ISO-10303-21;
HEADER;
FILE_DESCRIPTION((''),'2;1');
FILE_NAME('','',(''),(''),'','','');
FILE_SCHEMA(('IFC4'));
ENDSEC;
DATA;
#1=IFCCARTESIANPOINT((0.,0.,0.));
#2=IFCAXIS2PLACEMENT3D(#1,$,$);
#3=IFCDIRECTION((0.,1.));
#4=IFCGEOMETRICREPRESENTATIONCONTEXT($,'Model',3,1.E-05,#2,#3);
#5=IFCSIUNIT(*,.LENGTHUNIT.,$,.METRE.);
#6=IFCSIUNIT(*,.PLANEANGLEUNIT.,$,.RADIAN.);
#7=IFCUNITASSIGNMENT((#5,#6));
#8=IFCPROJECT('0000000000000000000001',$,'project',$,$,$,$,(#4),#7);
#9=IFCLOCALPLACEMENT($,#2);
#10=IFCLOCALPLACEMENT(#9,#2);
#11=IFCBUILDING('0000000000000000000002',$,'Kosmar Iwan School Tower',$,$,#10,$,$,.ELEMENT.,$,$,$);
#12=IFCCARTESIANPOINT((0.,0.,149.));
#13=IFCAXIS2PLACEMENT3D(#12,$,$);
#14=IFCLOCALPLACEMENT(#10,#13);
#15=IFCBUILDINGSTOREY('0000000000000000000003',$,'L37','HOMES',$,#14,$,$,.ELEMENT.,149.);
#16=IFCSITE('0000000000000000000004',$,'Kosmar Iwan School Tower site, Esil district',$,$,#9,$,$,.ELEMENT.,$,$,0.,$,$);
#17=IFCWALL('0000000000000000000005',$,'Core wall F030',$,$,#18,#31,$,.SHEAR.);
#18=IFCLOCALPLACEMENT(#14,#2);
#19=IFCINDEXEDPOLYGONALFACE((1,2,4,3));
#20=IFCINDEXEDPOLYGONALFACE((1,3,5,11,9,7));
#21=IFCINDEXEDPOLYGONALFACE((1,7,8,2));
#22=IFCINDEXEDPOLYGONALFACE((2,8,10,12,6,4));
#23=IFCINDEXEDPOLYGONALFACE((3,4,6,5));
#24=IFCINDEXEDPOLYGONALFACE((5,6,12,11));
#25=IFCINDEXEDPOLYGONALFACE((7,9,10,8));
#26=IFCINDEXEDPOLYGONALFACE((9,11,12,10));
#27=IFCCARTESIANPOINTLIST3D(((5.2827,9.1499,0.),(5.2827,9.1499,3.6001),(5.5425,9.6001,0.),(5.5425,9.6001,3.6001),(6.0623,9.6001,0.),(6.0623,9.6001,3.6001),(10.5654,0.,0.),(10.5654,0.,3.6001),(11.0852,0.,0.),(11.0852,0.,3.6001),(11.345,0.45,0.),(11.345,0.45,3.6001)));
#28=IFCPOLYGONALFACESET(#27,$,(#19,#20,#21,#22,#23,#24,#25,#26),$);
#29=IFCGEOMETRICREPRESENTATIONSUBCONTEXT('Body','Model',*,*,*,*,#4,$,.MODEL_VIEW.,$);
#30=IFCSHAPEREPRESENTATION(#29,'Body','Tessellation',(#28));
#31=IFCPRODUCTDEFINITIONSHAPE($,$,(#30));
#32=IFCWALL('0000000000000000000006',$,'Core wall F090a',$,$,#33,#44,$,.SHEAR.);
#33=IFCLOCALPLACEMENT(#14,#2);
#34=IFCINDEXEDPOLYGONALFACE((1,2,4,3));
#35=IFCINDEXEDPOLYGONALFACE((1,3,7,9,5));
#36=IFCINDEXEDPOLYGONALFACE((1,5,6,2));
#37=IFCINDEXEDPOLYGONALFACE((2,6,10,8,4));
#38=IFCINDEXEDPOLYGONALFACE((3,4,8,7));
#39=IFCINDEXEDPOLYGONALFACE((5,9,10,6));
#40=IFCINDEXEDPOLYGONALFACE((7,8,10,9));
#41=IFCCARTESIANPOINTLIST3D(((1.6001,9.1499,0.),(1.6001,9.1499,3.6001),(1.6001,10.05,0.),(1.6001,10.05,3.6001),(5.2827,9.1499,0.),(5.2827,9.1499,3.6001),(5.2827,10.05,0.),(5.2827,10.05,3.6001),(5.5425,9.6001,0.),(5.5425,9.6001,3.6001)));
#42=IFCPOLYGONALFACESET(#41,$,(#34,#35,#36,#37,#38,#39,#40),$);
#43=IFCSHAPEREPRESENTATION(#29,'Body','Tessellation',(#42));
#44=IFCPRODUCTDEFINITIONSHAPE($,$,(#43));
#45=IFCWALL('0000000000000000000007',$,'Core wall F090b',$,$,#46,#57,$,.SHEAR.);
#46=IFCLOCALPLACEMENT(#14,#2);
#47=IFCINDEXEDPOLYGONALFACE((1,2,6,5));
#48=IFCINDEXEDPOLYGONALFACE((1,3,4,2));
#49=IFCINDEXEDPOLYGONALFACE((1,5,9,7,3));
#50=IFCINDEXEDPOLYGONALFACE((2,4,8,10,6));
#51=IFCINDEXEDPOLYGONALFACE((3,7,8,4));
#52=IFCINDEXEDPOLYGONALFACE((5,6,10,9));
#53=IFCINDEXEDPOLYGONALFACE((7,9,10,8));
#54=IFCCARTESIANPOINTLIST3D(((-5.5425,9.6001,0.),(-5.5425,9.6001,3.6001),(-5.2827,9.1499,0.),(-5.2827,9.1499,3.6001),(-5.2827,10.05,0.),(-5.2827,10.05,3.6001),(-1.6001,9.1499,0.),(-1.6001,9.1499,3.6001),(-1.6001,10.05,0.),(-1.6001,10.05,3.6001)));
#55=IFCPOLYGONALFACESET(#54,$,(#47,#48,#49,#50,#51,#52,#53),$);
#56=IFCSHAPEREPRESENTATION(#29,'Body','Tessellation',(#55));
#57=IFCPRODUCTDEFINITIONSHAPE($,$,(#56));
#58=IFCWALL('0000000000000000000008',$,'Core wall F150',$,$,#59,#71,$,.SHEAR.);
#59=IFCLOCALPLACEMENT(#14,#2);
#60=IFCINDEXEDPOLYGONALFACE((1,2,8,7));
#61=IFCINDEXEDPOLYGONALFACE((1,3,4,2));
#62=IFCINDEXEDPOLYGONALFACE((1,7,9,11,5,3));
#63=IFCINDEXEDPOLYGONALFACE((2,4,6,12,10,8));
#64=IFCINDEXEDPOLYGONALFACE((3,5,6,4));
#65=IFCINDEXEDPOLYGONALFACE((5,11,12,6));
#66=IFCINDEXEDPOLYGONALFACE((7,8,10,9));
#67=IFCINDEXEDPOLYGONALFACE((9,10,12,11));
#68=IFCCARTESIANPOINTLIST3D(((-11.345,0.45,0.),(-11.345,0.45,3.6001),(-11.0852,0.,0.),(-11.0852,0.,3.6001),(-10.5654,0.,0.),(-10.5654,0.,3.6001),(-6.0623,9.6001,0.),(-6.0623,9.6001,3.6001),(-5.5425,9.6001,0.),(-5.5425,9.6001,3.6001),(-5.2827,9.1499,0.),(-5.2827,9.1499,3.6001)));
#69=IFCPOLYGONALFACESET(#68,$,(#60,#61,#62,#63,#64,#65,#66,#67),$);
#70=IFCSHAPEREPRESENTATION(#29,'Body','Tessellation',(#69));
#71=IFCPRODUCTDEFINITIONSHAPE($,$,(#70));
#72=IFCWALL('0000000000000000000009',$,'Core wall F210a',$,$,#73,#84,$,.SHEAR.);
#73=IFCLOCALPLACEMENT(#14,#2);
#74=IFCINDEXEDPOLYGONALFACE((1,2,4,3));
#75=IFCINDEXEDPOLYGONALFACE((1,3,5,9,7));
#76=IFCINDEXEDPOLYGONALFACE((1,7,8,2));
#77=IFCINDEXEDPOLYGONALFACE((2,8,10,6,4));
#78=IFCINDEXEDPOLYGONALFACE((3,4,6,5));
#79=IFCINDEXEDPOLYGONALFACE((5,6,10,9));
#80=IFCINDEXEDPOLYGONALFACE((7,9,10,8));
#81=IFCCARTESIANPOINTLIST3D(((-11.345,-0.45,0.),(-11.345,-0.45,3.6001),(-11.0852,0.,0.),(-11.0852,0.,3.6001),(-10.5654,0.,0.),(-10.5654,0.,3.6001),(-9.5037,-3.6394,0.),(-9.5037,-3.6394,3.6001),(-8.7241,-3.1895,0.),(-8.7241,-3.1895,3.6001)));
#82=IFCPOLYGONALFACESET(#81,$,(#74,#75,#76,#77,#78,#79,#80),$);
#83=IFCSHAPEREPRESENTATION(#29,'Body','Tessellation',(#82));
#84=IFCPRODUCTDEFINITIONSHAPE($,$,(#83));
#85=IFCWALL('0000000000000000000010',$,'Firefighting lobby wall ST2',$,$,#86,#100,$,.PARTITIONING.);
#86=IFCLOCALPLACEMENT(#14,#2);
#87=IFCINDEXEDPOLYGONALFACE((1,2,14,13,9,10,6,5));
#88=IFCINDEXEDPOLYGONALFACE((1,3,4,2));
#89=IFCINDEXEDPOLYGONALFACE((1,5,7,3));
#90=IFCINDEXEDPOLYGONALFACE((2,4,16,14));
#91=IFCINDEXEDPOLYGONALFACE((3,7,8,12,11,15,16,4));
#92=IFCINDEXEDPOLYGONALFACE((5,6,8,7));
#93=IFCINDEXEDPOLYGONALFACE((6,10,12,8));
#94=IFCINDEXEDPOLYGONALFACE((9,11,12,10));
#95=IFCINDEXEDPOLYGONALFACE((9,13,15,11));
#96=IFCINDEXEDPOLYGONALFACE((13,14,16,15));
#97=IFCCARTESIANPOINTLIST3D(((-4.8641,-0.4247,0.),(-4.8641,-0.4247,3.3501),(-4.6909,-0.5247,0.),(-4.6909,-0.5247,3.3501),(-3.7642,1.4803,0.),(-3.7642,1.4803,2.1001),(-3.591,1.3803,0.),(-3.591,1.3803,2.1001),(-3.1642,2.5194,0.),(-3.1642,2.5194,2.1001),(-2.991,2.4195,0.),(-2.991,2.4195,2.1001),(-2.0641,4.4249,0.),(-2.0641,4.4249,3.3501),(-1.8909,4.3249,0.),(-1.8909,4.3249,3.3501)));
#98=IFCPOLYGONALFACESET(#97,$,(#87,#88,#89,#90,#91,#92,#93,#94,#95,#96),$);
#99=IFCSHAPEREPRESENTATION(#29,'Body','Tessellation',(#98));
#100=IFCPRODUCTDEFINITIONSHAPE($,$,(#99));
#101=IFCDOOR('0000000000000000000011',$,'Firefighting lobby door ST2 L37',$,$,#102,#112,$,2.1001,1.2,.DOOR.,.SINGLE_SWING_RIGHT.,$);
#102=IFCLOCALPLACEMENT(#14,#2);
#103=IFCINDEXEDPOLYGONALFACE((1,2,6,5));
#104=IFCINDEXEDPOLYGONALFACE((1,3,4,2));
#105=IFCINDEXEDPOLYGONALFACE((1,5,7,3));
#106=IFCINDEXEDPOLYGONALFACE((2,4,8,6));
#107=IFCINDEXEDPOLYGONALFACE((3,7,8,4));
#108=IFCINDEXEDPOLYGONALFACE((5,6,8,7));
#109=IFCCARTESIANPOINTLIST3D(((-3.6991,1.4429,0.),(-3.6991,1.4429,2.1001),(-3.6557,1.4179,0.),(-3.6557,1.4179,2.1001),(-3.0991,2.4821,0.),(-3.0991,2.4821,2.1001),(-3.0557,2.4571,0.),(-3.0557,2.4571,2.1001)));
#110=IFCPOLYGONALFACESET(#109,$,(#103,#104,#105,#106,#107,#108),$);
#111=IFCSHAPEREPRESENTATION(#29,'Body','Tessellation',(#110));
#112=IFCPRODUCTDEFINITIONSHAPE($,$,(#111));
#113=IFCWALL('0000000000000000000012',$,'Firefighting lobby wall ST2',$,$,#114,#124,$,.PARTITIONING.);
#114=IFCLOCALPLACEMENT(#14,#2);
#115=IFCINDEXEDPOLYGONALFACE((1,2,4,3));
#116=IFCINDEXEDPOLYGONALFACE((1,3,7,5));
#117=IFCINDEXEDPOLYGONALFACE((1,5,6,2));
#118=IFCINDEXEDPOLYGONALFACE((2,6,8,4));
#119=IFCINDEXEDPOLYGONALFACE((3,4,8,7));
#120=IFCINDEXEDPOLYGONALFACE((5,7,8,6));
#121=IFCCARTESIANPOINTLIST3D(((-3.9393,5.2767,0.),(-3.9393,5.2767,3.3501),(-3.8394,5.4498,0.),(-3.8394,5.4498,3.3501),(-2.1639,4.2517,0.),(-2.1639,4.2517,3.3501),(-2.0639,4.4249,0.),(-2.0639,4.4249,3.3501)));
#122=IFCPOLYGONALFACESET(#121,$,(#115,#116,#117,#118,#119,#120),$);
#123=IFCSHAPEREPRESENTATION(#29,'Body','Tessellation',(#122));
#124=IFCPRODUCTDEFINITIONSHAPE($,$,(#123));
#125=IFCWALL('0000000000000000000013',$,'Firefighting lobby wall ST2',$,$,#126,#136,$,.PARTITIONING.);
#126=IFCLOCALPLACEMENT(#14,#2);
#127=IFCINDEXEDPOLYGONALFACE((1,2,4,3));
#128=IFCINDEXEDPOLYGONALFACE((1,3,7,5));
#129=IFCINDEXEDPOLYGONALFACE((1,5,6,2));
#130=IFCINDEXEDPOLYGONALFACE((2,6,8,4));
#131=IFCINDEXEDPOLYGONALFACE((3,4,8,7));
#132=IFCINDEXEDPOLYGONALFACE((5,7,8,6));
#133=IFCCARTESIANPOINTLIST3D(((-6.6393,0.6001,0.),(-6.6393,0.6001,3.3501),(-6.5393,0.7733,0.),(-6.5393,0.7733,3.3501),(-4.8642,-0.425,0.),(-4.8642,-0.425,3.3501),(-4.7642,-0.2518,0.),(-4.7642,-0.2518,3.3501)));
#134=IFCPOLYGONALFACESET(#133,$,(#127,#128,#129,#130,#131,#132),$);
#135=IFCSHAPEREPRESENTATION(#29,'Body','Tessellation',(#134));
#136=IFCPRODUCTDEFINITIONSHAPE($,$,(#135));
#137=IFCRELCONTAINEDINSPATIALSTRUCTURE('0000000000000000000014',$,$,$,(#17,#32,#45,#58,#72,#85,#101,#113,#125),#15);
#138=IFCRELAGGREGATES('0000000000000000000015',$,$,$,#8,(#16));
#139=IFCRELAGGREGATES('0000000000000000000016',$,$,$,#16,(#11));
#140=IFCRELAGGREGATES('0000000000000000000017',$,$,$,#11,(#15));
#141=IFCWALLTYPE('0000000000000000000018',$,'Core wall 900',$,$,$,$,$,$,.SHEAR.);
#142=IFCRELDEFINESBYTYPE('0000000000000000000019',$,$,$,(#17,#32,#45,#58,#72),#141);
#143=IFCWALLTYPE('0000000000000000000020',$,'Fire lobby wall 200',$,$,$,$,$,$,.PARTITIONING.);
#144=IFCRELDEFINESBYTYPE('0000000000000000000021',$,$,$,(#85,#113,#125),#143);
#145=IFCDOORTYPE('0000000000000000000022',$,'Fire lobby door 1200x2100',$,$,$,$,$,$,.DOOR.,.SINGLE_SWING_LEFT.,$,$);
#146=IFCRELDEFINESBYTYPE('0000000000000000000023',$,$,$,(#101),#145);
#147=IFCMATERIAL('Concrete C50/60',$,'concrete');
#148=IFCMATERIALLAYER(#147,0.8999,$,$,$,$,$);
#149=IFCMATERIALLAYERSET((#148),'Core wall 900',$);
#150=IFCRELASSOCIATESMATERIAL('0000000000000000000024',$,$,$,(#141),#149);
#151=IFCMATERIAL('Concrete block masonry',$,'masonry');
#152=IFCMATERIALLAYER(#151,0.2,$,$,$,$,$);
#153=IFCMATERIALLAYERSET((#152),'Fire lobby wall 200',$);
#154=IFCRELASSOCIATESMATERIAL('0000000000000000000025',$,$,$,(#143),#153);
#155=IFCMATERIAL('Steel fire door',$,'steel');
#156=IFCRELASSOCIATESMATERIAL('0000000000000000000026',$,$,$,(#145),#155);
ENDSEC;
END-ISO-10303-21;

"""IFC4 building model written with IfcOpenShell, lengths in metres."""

from ifc_helpers import new_model, si_unit, direction, frame, frame_2d, origin, place, context, subcontext, project, spatial, polyline, rectangle, outline, extrude, material, layer, layer_set, type_object, element, fill, save


model = new_model("IFC4")

# Units and contexts
model_context = context("Model", 3, precision=1e-05, world=origin(), true_north=direction((0.0, 1.0)))
body_context = subcontext(model_context, "Body", "Model", "MODEL_VIEW")
ifc_project = project(units=[si_unit("LENGTHUNIT", "METRE"), si_unit("PLANEANGLEUNIT", "RADIAN")], contexts=[model_context])

# Site, building, storey
site_placement = place(None, origin())
site = spatial("IfcSite", under=ifc_project, at=site_placement, Name="Kosmar Iwan School Tower site, Esil district", CompositionType="ELEMENT", RefElevation=0.0)
building_placement = place(site_placement, origin())
building = spatial("IfcBuilding", under=site, at=building_placement, Name="Kosmar Iwan School Tower", CompositionType="ELEMENT")
storey_placement = place(building_placement, frame((0.0, 0.0, 149.0)))
storey = spatial("IfcBuildingStorey", under=building, at=storey_placement, Name="L37", Description="HOMES", CompositionType="ELEMENT", Elevation=149.0)

# Walls
ifc_material_1 = material(Name="Concrete C50/60", Category="concrete")
ifc_layer_1 = layer(ifc_material_1, 0.8999)
ifc_layer_set_1 = layer_set([ifc_layer_1], Name="Core wall 900")
wall_type_1 = type_object("IfcWallType", Name="Core wall 900", PredefinedType="SHEAR", material=ifc_layer_set_1)
wall_1_placement = place(storey_placement, origin())
element("IfcWall", 1, at=wall_1_placement, inside=storey, type_object=wall_type_1, Name="Core wall F030", PredefinedType="SHEAR", context=body_context, shape_type="SweptSolid", body=[
    extrude(outline(polyline([(10.5654, 0.0), (11.0852, 0.0), (11.345, 0.45), (6.0623, 9.6001), (5.5425, 9.6001), (5.2827, 9.1499), (10.5654, 0.0)])), origin(), (0.0, 0.0, 1.0), 3.6001),
])
wall_2_placement = place(storey_placement, origin())
element("IfcWall", 2, at=wall_2_placement, inside=storey, type_object=wall_type_1, Name="Core wall F090a", PredefinedType="SHEAR", context=body_context, shape_type="SweptSolid", body=[
    extrude(outline(polyline([(1.6001, 9.1499), (5.2827, 9.1499), (5.5425, 9.6001), (5.2827, 10.05), (1.6001, 10.05), (1.6001, 9.1499)])), origin(), (0.0, 0.0, 1.0), 3.6001),
])
wall_3_placement = place(storey_placement, origin())
element("IfcWall", 3, at=wall_3_placement, inside=storey, type_object=wall_type_1, Name="Core wall F090b", PredefinedType="SHEAR", context=body_context, shape_type="SweptSolid", body=[
    extrude(outline(polyline([(-5.2827, 9.1499), (-1.6001, 9.1499), (-1.6001, 10.05), (-5.2827, 10.05), (-5.5425, 9.6001), (-5.2827, 9.1499)])), origin(), (0.0, 0.0, 1.0), 3.6001),
])
wall_4_placement = place(storey_placement, origin())
element("IfcWall", 4, at=wall_4_placement, inside=storey, type_object=wall_type_1, Name="Core wall F150", PredefinedType="SHEAR", context=body_context, shape_type="SweptSolid", body=[
    extrude(outline(polyline([(-11.0852, 0.0), (-10.5654, 0.0), (-5.2827, 9.1499), (-5.5425, 9.6001), (-6.0623, 9.6001), (-11.345, 0.45), (-11.0852, 0.0)])), origin(), (0.0, 0.0, 1.0), 3.6001),
])
wall_5_placement = place(storey_placement, origin())
element("IfcWall", 5, at=wall_5_placement, inside=storey, type_object=wall_type_1, Name="Core wall F210a", PredefinedType="SHEAR", context=body_context, shape_type="SweptSolid", body=[
    extrude(outline(polyline([(-9.5037, -3.6394), (-8.7241, -3.1895), (-10.5654, 0.0), (-11.0852, 0.0), (-11.345, -0.45), (-9.5037, -3.6394)])), origin(), (0.0, 0.0, 1.0), 3.6001),
])

# Wall, opening, door
ifc_material_2 = material(Name="Concrete block masonry", Category="masonry")
ifc_layer_2 = layer(ifc_material_2, 0.2)
ifc_layer_set_2 = layer_set([ifc_layer_2], Name="Fire lobby wall 200")
wall_type_2 = type_object("IfcWallType", Name="Fire lobby wall 200", PredefinedType="PARTITIONING", material=ifc_layer_set_2)
wall_6_placement = place(storey_placement, frame((-1.9775, 4.3748, 0.0), z_axis=(0.0, 0.0, 1.0), x_axis=(-0.500017, -0.866016, 0.0)))
wall_6 = element("IfcWall", 6, at=wall_6_placement, inside=storey, type_object=wall_type_2, Name="Firefighting lobby wall ST2", PredefinedType="PARTITIONING", context=body_context, shape_type="SweptSolid", body=[
    extrude(rectangle(XDim=5.5999, YDim=0.2, at=frame_2d((2.7998, 0.0))), origin(), (0.0, 0.0, 1.0), 3.3501),
])
opening_1_placement = place(wall_6_placement, frame((2.2, 0.0, 0.0)))
opening_1 = element("IfcOpeningElement", 7, at=opening_1_placement, cuts=wall_6, PredefinedType="OPENING", context=body_context, shape_type="SweptSolid", body=[
    extrude(rectangle(XDim=1.2, YDim=2.1001, at=frame_2d((0.6001, 1.05))), frame((0.0, 0.1121, 0.0), z_axis=(0.0, -1.0, 0.0), x_axis=(1.0, 0.0, 0.0)), (0.0, 0.0, 1.0), 0.2239),
])
ifc_material_3 = material(Name="Steel fire door", Category="steel")
door_type_1 = type_object("IfcDoorType", Name="Fire lobby door 1200x2100", OperationType="SINGLE_SWING_LEFT", PredefinedType="DOOR", material=ifc_material_3)
door_1_placement = place(opening_1_placement, frame((1.2, 0.0, 0.0), z_axis=(0.0, 0.0, 1.0), x_axis=(-1.0, 0.0, 0.0)))
door_1 = element("IfcDoor", 8, at=door_1_placement, inside=storey, type_object=door_type_1, Name="Firefighting lobby door ST2 L37", OperationType="SINGLE_SWING_RIGHT", OverallHeight=2.1001, OverallWidth=1.2, PredefinedType="DOOR", context=body_context, shape_type="SweptSolid", body=[
    extrude(rectangle(XDim=1.2, YDim=2.1001, at=frame_2d((0.6001, 1.05))), frame((0.0, 0.0249, 0.0), z_axis=(0.0, -1.0, 0.0), x_axis=(1.0, 0.0, 0.0)), (0.0, 0.0, 1.0), 0.05),
])
fill(opening_1, door_1)

# Walls
wall_7_placement = place(storey_placement, frame((-2.114, 4.3384, 0.0), z_axis=(0.0, 0.0, 1.0), x_axis=(-0.866051, 0.499956, 0.0)))
element("IfcWall", 9, at=wall_7_placement, inside=storey, type_object=wall_type_2, Name="Firefighting lobby wall ST2", PredefinedType="PARTITIONING", context=body_context, shape_type="SweptSolid", body=[
    extrude(rectangle(XDim=2.05, YDim=0.2, at=frame_2d((1.0249, 0.0))), origin(), (0.0, 0.0, 1.0), 3.3501),
])
wall_8_placement = place(storey_placement, frame((-4.8142, -0.3384, 0.0), z_axis=(0.0, 0.0, 1.0), x_axis=(-0.865969, 0.500097, 0.0)))
element("IfcWall", 10, at=wall_8_placement, inside=storey, type_object=wall_type_2, Name="Firefighting lobby wall ST2", PredefinedType="PARTITIONING", context=body_context, shape_type="SweptSolid", body=[
    extrude(rectangle(XDim=2.0498, YDim=0.2, at=frame_2d((1.0249, 0.0))), origin(), (0.0, 0.0, 1.0), 3.3501),
])

save(model, "model.ifc")
